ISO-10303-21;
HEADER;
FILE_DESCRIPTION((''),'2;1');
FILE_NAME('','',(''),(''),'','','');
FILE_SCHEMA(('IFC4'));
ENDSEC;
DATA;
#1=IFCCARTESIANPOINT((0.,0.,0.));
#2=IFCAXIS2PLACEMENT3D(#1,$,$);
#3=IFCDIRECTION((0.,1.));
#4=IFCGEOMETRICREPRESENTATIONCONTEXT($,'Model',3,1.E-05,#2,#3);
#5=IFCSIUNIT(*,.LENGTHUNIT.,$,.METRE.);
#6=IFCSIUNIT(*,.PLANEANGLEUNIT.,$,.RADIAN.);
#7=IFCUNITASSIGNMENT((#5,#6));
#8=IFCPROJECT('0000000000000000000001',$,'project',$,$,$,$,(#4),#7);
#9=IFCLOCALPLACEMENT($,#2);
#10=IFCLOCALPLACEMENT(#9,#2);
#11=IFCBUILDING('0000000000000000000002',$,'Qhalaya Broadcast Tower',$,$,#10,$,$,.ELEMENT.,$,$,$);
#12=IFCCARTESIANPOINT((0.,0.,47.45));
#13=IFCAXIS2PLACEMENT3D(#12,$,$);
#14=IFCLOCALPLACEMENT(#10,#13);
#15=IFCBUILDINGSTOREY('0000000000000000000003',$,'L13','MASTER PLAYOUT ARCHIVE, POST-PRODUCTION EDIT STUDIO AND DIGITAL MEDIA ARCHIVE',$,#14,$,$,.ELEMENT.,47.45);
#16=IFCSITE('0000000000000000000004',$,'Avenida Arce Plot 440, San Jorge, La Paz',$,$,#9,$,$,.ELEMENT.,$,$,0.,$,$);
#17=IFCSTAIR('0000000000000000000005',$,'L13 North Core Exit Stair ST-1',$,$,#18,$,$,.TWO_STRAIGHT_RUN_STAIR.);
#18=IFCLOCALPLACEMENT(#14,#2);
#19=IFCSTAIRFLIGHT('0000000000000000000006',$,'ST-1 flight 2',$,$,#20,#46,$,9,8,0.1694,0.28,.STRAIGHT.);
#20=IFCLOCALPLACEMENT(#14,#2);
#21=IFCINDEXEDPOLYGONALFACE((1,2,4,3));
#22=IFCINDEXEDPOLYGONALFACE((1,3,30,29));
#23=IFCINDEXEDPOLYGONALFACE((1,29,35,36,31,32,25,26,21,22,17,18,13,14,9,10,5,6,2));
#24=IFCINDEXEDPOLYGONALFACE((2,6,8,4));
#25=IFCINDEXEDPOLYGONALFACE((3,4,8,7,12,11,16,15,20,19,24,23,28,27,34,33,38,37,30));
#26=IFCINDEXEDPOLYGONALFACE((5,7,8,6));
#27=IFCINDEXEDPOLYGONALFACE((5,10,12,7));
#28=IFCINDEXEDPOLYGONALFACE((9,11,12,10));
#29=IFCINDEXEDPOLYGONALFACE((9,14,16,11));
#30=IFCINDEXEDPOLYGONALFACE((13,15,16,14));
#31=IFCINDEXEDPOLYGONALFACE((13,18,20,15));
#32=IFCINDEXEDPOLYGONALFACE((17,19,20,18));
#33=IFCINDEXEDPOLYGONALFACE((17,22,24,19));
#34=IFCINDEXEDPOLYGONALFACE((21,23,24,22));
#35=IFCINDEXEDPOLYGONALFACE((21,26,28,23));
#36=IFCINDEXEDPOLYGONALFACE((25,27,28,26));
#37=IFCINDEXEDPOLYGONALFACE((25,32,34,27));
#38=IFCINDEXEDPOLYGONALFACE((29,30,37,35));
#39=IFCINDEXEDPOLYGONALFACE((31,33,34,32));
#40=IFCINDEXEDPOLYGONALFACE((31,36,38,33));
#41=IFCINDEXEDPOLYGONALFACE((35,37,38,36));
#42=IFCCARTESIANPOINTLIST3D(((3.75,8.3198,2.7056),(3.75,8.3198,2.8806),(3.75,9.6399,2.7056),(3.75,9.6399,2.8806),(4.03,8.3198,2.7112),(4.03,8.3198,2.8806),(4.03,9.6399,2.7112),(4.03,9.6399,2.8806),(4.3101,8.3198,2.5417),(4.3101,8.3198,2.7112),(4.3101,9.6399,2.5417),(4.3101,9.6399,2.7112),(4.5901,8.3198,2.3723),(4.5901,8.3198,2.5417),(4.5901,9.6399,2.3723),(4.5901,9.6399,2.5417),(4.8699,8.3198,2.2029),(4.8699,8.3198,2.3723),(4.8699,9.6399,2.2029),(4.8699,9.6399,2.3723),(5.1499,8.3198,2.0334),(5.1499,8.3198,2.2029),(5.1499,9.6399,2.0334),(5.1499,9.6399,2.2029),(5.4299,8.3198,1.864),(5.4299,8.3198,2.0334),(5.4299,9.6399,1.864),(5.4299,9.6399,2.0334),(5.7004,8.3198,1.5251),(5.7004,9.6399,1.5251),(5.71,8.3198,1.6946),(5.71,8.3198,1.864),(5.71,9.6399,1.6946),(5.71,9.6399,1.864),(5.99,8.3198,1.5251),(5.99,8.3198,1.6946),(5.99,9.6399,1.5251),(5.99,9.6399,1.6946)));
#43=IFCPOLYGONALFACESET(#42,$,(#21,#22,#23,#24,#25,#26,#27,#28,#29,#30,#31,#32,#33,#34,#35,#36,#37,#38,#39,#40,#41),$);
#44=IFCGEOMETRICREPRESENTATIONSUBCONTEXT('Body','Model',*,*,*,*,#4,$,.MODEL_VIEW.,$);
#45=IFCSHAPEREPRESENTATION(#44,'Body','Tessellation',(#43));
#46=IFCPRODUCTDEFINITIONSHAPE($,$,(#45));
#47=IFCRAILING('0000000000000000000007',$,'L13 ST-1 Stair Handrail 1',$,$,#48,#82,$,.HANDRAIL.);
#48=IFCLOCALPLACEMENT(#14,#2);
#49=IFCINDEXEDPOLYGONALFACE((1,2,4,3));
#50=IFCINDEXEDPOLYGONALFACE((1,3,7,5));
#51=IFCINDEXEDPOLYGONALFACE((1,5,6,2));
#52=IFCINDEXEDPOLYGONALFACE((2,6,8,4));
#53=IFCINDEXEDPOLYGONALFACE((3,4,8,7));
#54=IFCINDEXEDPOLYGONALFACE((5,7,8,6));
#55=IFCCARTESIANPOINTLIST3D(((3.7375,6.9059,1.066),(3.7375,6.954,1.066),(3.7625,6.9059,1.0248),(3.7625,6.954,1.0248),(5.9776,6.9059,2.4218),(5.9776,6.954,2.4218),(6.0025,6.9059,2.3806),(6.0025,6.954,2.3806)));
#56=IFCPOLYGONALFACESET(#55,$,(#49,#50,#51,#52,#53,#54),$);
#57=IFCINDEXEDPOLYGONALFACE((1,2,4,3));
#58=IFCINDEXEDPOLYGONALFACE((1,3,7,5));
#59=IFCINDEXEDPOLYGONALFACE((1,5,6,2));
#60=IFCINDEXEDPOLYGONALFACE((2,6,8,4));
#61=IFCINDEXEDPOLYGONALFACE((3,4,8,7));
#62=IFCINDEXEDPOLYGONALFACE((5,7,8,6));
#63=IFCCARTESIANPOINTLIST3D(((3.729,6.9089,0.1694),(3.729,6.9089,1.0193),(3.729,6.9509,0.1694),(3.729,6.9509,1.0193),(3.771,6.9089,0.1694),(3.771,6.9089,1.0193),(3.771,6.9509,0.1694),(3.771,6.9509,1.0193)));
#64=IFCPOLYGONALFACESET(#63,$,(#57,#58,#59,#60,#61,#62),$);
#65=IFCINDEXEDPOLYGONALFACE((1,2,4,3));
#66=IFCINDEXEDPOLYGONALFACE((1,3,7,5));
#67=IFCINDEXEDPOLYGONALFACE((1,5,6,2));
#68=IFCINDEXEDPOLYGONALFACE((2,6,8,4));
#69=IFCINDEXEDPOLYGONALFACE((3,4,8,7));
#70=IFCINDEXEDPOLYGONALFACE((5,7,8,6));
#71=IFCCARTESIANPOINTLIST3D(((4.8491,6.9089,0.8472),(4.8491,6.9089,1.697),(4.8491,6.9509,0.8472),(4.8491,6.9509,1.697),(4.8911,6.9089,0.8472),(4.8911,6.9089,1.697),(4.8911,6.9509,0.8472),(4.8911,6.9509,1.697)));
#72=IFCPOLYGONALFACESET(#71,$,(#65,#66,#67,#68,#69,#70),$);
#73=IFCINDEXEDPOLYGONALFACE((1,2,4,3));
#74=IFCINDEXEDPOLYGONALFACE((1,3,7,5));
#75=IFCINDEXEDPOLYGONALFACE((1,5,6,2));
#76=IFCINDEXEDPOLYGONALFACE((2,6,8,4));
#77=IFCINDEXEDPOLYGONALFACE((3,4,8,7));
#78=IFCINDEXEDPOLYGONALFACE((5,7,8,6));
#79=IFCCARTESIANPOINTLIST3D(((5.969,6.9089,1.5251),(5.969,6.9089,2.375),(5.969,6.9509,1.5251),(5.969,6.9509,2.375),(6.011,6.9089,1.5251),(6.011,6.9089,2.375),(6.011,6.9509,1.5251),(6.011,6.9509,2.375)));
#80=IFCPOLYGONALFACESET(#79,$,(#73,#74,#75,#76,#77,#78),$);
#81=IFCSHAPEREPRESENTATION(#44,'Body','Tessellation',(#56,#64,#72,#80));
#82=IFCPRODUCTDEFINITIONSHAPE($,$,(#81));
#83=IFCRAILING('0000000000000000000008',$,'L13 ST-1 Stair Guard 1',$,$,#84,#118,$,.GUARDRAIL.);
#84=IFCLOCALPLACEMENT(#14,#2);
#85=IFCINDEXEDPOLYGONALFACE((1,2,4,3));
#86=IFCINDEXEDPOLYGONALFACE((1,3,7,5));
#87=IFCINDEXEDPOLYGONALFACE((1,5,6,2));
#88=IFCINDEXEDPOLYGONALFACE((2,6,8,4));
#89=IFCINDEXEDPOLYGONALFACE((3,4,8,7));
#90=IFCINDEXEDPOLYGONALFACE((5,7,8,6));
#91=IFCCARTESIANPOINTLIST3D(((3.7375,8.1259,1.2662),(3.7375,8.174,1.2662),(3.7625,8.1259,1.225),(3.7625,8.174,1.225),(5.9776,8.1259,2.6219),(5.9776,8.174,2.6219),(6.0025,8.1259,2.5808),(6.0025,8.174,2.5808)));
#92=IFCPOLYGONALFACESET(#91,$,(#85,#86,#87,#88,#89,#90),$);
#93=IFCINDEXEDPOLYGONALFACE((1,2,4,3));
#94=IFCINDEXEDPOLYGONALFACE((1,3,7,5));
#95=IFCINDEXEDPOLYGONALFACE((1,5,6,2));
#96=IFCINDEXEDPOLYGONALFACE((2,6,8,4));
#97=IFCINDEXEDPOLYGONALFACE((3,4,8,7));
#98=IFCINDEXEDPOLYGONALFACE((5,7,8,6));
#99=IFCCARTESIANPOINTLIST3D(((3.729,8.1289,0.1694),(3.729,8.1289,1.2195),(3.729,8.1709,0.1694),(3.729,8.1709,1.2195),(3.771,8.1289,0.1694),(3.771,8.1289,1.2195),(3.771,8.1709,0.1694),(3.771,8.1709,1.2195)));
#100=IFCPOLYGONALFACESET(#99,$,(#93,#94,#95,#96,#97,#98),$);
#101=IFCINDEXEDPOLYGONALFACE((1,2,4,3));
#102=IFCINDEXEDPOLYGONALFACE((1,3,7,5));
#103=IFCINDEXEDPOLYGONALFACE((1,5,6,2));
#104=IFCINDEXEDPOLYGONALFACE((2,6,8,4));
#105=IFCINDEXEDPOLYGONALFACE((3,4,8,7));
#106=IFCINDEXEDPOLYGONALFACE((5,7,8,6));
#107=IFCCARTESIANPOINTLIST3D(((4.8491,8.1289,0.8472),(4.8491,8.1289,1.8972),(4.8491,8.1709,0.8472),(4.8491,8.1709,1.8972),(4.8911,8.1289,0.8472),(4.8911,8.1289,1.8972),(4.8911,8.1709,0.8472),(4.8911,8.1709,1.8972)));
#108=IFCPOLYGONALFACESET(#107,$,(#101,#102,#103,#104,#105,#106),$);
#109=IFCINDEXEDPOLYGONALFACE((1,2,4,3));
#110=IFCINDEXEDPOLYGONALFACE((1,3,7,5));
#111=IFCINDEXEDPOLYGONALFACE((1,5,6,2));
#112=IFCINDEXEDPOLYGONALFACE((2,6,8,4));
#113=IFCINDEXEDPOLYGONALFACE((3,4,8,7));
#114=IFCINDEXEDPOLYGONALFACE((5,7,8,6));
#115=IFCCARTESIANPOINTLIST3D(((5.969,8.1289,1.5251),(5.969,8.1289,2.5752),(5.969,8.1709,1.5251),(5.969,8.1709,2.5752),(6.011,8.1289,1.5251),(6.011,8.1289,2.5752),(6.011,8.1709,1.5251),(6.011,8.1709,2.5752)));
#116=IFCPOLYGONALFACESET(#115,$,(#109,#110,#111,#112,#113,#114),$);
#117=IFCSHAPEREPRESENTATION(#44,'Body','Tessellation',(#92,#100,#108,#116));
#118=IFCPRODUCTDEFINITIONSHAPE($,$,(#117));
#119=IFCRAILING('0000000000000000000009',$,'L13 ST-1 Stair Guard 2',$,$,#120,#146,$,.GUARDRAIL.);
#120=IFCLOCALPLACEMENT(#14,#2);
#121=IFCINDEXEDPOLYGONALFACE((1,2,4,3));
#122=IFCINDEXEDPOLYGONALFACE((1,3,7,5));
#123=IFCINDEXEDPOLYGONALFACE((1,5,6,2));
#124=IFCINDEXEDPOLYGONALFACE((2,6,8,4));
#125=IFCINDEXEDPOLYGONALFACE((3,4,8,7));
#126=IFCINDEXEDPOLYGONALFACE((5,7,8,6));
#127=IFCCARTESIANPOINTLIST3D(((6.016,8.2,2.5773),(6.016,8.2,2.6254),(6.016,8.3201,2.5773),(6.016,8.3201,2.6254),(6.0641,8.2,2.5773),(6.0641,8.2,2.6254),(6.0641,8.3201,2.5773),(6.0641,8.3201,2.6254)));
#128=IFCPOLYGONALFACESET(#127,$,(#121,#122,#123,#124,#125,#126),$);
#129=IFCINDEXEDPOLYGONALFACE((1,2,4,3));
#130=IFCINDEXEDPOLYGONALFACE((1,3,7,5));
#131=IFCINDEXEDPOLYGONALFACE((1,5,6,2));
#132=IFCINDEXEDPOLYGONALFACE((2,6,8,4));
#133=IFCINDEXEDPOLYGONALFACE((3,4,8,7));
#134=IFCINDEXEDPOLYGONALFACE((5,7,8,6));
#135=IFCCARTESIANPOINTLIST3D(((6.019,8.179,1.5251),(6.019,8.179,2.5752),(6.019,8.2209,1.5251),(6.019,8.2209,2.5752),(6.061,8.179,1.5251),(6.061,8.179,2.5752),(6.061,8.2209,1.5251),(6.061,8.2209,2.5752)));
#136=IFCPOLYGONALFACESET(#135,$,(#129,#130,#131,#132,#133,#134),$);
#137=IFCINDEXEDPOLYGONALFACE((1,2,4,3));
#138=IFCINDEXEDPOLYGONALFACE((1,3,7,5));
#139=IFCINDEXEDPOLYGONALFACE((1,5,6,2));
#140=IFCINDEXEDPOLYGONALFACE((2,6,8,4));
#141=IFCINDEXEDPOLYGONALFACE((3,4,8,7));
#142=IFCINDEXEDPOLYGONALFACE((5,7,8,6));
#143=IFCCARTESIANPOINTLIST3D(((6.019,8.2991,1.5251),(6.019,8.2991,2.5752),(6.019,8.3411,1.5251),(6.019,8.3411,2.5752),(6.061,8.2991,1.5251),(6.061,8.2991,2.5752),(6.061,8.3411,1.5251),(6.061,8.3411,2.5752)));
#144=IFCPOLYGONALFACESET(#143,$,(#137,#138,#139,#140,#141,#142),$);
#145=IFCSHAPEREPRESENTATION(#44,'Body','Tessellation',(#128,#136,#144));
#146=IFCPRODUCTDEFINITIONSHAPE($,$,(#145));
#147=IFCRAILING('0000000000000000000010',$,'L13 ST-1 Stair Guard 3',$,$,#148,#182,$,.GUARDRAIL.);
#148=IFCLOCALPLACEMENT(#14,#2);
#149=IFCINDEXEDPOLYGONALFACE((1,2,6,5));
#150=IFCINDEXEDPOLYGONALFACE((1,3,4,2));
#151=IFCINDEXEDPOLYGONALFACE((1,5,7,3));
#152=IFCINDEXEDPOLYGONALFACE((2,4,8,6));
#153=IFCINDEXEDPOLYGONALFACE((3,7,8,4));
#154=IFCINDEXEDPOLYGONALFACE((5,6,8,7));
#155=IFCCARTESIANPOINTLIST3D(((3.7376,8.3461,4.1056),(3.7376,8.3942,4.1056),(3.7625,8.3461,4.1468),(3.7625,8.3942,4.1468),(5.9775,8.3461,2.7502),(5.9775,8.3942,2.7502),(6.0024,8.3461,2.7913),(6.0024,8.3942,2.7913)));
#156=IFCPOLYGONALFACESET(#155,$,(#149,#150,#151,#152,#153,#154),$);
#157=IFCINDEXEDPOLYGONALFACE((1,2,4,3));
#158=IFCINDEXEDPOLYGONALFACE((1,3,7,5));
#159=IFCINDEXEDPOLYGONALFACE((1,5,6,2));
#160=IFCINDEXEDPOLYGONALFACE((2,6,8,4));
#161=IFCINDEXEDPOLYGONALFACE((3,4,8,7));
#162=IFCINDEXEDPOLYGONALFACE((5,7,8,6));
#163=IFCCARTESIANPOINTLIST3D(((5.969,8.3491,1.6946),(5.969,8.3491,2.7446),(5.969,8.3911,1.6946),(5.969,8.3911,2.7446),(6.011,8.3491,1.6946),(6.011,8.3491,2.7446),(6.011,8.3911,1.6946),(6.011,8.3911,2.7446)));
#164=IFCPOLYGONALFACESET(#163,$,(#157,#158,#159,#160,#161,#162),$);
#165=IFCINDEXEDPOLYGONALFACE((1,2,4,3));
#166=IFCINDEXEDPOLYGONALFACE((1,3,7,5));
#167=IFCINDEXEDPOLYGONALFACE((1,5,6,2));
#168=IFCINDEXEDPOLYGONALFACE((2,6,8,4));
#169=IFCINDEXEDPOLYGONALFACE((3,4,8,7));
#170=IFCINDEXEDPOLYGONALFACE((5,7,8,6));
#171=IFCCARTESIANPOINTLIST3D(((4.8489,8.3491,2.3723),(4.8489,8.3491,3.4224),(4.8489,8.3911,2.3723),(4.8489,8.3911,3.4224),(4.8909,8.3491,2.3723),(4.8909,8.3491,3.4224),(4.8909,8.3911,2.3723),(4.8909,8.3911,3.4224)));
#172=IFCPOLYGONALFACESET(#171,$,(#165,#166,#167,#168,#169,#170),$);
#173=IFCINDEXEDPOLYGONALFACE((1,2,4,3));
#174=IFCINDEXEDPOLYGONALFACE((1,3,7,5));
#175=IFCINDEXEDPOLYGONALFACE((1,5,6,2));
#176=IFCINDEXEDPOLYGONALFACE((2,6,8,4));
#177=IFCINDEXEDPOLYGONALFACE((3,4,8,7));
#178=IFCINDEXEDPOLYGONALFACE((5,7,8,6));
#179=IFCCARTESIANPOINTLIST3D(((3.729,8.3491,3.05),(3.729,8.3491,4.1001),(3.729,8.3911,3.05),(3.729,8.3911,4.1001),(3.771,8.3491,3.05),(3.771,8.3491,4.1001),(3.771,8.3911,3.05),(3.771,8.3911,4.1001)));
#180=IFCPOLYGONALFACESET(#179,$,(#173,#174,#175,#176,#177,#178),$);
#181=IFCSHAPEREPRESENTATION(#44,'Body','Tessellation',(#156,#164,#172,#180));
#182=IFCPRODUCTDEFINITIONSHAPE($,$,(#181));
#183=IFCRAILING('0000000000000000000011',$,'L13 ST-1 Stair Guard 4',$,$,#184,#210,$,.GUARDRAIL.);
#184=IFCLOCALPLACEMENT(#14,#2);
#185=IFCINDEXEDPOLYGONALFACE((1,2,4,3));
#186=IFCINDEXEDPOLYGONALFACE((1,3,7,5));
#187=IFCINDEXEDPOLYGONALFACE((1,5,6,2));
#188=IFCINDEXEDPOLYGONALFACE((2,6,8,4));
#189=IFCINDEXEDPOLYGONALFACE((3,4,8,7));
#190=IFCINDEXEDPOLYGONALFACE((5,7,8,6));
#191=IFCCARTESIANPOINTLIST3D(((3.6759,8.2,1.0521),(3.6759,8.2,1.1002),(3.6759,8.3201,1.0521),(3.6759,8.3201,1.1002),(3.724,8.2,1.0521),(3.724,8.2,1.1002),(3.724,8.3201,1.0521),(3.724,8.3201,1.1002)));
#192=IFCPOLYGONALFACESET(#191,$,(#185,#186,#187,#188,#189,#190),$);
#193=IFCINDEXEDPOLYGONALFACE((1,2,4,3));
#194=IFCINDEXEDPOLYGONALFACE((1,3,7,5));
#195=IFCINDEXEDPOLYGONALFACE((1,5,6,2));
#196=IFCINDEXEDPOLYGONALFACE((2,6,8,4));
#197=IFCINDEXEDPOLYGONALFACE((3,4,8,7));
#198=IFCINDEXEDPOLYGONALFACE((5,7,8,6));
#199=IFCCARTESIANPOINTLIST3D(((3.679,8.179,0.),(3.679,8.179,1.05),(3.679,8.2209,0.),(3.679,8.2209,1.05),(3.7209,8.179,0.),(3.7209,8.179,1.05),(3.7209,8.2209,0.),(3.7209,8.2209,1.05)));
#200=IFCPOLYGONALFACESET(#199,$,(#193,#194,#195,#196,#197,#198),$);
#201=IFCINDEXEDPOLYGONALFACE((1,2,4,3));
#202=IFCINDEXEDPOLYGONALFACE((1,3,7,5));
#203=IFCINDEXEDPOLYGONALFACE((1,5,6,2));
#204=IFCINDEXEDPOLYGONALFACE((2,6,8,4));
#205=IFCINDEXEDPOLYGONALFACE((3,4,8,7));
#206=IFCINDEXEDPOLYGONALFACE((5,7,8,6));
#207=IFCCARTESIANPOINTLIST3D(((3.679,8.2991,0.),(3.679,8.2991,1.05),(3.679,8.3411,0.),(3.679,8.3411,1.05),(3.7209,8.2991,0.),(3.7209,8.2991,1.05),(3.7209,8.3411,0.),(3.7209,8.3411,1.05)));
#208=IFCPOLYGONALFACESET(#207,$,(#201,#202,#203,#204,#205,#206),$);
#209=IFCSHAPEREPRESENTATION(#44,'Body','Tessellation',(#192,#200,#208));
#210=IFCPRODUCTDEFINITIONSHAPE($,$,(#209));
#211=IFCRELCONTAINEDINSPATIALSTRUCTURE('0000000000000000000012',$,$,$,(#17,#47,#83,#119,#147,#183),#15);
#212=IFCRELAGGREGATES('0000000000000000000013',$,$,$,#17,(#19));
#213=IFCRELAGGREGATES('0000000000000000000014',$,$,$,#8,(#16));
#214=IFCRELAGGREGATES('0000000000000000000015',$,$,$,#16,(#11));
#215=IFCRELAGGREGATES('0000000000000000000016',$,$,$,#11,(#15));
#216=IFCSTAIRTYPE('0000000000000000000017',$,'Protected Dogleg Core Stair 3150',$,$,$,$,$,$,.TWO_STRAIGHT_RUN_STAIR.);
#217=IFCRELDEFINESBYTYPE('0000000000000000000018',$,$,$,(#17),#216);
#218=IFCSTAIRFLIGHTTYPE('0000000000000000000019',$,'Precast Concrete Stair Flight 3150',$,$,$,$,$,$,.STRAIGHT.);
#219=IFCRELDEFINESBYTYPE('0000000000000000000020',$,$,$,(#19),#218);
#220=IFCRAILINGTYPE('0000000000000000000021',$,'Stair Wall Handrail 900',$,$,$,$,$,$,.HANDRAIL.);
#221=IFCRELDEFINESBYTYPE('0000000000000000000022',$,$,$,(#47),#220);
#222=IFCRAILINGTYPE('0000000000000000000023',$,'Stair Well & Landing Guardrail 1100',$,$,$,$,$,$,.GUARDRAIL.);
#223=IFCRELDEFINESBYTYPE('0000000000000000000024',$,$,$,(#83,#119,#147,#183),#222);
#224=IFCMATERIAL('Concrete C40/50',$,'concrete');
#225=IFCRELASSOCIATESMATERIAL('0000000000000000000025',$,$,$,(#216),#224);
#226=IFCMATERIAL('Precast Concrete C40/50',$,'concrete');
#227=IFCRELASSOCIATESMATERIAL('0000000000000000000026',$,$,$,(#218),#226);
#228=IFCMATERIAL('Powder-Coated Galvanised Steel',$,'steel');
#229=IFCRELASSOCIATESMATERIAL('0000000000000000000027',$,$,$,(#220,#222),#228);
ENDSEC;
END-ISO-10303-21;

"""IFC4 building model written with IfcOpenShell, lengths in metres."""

from ifc_helpers import new_model, si_unit, direction, frame, origin, origin_2d, place, context, subcontext, project, spatial, polyline, rectangle, outline, extrude, material, type_object, element, aggregate, save


model = new_model("IFC4")

# Units and contexts
model_context = context("Model", 3, precision=1e-05, world=origin(), true_north=direction((0.0, 1.0)))
body_context = subcontext(model_context, "Body", "Model", "MODEL_VIEW")
ifc_project = project(units=[si_unit("LENGTHUNIT", "METRE"), si_unit("PLANEANGLEUNIT", "RADIAN")], contexts=[model_context])

# Site, building, storey
site_placement = place(None, origin())
site = spatial("IfcSite", under=ifc_project, at=site_placement, Name="Avenida Arce Plot 440, San Jorge, La Paz", CompositionType="ELEMENT", RefElevation=0.0)
building_placement = place(site_placement, origin())
building = spatial("IfcBuilding", under=site, at=building_placement, Name="Qhalaya Broadcast Tower", CompositionType="ELEMENT")
storey_placement = place(building_placement, frame((0.0, 0.0, 47.45)))
storey = spatial("IfcBuildingStorey", under=building, at=storey_placement, Name="L13", Description="MASTER PLAYOUT ARCHIVE, POST-PRODUCTION EDIT STUDIO AND DIGITAL MEDIA ARCHIVE", CompositionType="ELEMENT", Elevation=47.45)

# Stair, stair flight
ifc_material_1 = material(Name="Concrete C40/50", Category="concrete")
stair_type = type_object("IfcStairType", Name="Protected Dogleg Core Stair 3150", PredefinedType="TWO_STRAIGHT_RUN_STAIR", material=ifc_material_1)
stair_placement = place(storey_placement, origin())
stair = element("IfcStair", 1, at=stair_placement, inside=storey, type_object=stair_type, Name="L13 North Core Exit Stair ST-1", PredefinedType="TWO_STRAIGHT_RUN_STAIR")
ifc_material_2 = material(Name="Precast Concrete C40/50", Category="concrete")
stair_flight_type = type_object("IfcStairFlightType", Name="Precast Concrete Stair Flight 3150", PredefinedType="STRAIGHT", material=ifc_material_2)
stair_flight_1_placement = place(storey_placement, frame((5.99, 8.98, 1.5251), z_axis=(0.0, 0.0, 1.0), x_axis=(-1.0, 0.0, 0.0)))
stair_flight_1 = element("IfcStairFlight", 2, at=stair_flight_1_placement, type_object=stair_flight_type, Name="ST-1 flight 2", NumberOfRisers=9, NumberOfTreads=8, PredefinedType="STRAIGHT", RiserHeight=0.1694, TreadLength=0.28, context=body_context, shape_type="SweptSolid", body=[
    extrude(outline(polyline([(0.0, 0.0), (0.0, 0.1694), (0.28, 0.1694), (0.28, 0.3389), (0.5601, 0.3389), (0.5601, 0.5083), (0.8401, 0.5083), (0.8401, 0.6777), (1.1201, 0.6777), (1.1201, 0.8472), (1.3999, 0.8472), (1.3999, 1.0166), (1.6799, 1.0166), (1.6799, 1.186), (1.96, 1.186), (1.96, 1.3555), (2.24, 1.3555), (2.24, 1.5249), (2.24, 1.1804), (0.2896, 0.0), (0.0, 0.0)])), frame((0.0, 0.6602, 0.0), z_axis=(0.0, -1.0, 0.0), x_axis=(1.0, 0.0, 0.0)), (0.0, 0.0, 1.0), 1.3201),
])
aggregate(stair, [stair_flight_1])

# Railings
ifc_material_3 = material(Name="Powder-Coated Galvanised Steel", Category="steel")
railing_type_1 = type_object("IfcRailingType", Name="Stair Wall Handrail 900", PredefinedType="HANDRAIL", material=ifc_material_3)
railing_1_placement = place(storey_placement, frame((3.75, 6.9299, 0.1694)))
element("IfcRailing", 3, at=railing_1_placement, inside=storey, type_object=railing_type_1, Name="L13 ST-1 Stair Handrail 1", PredefinedType="HANDRAIL", context=body_context, shape_type="SweptSolid", body=[
    extrude(rectangle(XDim=0.0481, YDim=0.0481, at=origin_2d()), frame((0.0, 0.0, 0.876), z_axis=(0.855512, 0.0, 0.517783), x_axis=(0.0, 1.0, 0.0)), (0.0, 0.0, 1.0), 2.6184),
    extrude(rectangle(XDim=0.042, YDim=0.042, at=origin_2d()), origin(), (0.0, 0.0, 1.0), 0.8499),
    extrude(rectangle(XDim=0.042, YDim=0.042, at=origin_2d()), frame((1.1201, 0.0, 0.6777)), (0.0, 0.0, 1.0), 0.8499),
    extrude(rectangle(XDim=0.042, YDim=0.042, at=origin_2d()), frame((2.24, 0.0, 1.3557)), (0.0, 0.0, 1.0), 0.8499),
])
railing_type_2 = type_object("IfcRailingType", Name="Stair Well & Landing Guardrail 1100", PredefinedType="GUARDRAIL", material=ifc_material_3)
railing_2_placement = place(storey_placement, frame((3.75, 8.1499, 0.1694)))
element("IfcRailing", 4, at=railing_2_placement, inside=storey, type_object=railing_type_2, Name="L13 ST-1 Stair Guard 1", PredefinedType="GUARDRAIL", context=body_context, shape_type="SweptSolid", body=[
    extrude(rectangle(XDim=0.0481, YDim=0.0481, at=origin_2d()), frame((0.0, 0.0, 1.0762), z_axis=(0.855512, 0.0, 0.517783), x_axis=(0.0, 1.0, 0.0)), (0.0, 0.0, 1.0), 2.6184),
    extrude(rectangle(XDim=0.042, YDim=0.042, at=origin_2d()), origin(), (0.0, 0.0, 1.0), 1.05),
    extrude(rectangle(XDim=0.042, YDim=0.042, at=origin_2d()), frame((1.1201, 0.0, 0.6777)), (0.0, 0.0, 1.0), 1.05),
    extrude(rectangle(XDim=0.042, YDim=0.042, at=origin_2d()), frame((2.24, 0.0, 1.3557)), (0.0, 0.0, 1.0), 1.05),
])
railing_3_placement = place(storey_placement, frame((6.04, 8.2, 1.5251)))
element("IfcRailing", 5, at=railing_3_placement, inside=storey, type_object=railing_type_2, Name="L13 ST-1 Stair Guard 2", PredefinedType="GUARDRAIL", context=body_context, shape_type="SweptSolid", body=[
    extrude(rectangle(XDim=0.0481, YDim=0.0481, at=origin_2d()), frame((0.0, 0.0, 1.0762), z_axis=(0.0, 1.0, 0.0), x_axis=(-1.0, 0.0, 0.0)), (0.0, 0.0, 1.0), 0.1201),
    extrude(rectangle(XDim=0.042, YDim=0.042, at=origin_2d()), origin(), (0.0, 0.0, 1.0), 1.05),
    extrude(rectangle(XDim=0.042, YDim=0.042, at=origin_2d()), frame((0.0, 0.1201, 0.0)), (0.0, 0.0, 1.0), 1.05),
])
railing_4_placement = place(storey_placement, frame((5.99, 8.3701, 1.6946)))
element("IfcRailing", 6, at=railing_4_placement, inside=storey, type_object=railing_type_2, Name="L13 ST-1 Stair Guard 3", PredefinedType="GUARDRAIL", context=body_context, shape_type="SweptSolid", body=[
    extrude(rectangle(XDim=0.0481, YDim=0.0481, at=origin_2d()), frame((0.0, 0.0, 1.0762), z_axis=(-0.855553, 0.0, 0.517715), x_axis=(0.0, -1.0, 0.0)), (0.0, 0.0, 1.0), 2.6182),
    extrude(rectangle(XDim=0.042, YDim=0.042, at=origin_2d()), origin(), (0.0, 0.0, 1.0), 1.05),
    extrude(rectangle(XDim=0.042, YDim=0.042, at=origin_2d()), frame((-1.1201, 0.0, 0.6777)), (0.0, 0.0, 1.0), 1.05),
    extrude(rectangle(XDim=0.042, YDim=0.042, at=origin_2d()), frame((-2.24, 0.0, 1.3555)), (0.0, 0.0, 1.0), 1.05),
])
railing_5_placement = place(storey_placement, frame((3.7, 8.2, 0.0)))
element("IfcRailing", 7, at=railing_5_placement, inside=storey, type_object=railing_type_2, Name="L13 ST-1 Stair Guard 4", PredefinedType="GUARDRAIL", context=body_context, shape_type="SweptSolid", body=[
    extrude(rectangle(XDim=0.0481, YDim=0.0481, at=origin_2d()), frame((0.0, 0.0, 1.0762), z_axis=(0.0, 1.0, 0.0), x_axis=(-1.0, 0.0, 0.0)), (0.0, 0.0, 1.0), 0.1201),
    extrude(rectangle(XDim=0.042, YDim=0.042, at=origin_2d()), origin(), (0.0, 0.0, 1.0), 1.05),
    extrude(rectangle(XDim=0.042, YDim=0.042, at=origin_2d()), frame((0.0, 0.1201, 0.0)), (0.0, 0.0, 1.0), 1.05),
])

save(model, "model.ifc")
